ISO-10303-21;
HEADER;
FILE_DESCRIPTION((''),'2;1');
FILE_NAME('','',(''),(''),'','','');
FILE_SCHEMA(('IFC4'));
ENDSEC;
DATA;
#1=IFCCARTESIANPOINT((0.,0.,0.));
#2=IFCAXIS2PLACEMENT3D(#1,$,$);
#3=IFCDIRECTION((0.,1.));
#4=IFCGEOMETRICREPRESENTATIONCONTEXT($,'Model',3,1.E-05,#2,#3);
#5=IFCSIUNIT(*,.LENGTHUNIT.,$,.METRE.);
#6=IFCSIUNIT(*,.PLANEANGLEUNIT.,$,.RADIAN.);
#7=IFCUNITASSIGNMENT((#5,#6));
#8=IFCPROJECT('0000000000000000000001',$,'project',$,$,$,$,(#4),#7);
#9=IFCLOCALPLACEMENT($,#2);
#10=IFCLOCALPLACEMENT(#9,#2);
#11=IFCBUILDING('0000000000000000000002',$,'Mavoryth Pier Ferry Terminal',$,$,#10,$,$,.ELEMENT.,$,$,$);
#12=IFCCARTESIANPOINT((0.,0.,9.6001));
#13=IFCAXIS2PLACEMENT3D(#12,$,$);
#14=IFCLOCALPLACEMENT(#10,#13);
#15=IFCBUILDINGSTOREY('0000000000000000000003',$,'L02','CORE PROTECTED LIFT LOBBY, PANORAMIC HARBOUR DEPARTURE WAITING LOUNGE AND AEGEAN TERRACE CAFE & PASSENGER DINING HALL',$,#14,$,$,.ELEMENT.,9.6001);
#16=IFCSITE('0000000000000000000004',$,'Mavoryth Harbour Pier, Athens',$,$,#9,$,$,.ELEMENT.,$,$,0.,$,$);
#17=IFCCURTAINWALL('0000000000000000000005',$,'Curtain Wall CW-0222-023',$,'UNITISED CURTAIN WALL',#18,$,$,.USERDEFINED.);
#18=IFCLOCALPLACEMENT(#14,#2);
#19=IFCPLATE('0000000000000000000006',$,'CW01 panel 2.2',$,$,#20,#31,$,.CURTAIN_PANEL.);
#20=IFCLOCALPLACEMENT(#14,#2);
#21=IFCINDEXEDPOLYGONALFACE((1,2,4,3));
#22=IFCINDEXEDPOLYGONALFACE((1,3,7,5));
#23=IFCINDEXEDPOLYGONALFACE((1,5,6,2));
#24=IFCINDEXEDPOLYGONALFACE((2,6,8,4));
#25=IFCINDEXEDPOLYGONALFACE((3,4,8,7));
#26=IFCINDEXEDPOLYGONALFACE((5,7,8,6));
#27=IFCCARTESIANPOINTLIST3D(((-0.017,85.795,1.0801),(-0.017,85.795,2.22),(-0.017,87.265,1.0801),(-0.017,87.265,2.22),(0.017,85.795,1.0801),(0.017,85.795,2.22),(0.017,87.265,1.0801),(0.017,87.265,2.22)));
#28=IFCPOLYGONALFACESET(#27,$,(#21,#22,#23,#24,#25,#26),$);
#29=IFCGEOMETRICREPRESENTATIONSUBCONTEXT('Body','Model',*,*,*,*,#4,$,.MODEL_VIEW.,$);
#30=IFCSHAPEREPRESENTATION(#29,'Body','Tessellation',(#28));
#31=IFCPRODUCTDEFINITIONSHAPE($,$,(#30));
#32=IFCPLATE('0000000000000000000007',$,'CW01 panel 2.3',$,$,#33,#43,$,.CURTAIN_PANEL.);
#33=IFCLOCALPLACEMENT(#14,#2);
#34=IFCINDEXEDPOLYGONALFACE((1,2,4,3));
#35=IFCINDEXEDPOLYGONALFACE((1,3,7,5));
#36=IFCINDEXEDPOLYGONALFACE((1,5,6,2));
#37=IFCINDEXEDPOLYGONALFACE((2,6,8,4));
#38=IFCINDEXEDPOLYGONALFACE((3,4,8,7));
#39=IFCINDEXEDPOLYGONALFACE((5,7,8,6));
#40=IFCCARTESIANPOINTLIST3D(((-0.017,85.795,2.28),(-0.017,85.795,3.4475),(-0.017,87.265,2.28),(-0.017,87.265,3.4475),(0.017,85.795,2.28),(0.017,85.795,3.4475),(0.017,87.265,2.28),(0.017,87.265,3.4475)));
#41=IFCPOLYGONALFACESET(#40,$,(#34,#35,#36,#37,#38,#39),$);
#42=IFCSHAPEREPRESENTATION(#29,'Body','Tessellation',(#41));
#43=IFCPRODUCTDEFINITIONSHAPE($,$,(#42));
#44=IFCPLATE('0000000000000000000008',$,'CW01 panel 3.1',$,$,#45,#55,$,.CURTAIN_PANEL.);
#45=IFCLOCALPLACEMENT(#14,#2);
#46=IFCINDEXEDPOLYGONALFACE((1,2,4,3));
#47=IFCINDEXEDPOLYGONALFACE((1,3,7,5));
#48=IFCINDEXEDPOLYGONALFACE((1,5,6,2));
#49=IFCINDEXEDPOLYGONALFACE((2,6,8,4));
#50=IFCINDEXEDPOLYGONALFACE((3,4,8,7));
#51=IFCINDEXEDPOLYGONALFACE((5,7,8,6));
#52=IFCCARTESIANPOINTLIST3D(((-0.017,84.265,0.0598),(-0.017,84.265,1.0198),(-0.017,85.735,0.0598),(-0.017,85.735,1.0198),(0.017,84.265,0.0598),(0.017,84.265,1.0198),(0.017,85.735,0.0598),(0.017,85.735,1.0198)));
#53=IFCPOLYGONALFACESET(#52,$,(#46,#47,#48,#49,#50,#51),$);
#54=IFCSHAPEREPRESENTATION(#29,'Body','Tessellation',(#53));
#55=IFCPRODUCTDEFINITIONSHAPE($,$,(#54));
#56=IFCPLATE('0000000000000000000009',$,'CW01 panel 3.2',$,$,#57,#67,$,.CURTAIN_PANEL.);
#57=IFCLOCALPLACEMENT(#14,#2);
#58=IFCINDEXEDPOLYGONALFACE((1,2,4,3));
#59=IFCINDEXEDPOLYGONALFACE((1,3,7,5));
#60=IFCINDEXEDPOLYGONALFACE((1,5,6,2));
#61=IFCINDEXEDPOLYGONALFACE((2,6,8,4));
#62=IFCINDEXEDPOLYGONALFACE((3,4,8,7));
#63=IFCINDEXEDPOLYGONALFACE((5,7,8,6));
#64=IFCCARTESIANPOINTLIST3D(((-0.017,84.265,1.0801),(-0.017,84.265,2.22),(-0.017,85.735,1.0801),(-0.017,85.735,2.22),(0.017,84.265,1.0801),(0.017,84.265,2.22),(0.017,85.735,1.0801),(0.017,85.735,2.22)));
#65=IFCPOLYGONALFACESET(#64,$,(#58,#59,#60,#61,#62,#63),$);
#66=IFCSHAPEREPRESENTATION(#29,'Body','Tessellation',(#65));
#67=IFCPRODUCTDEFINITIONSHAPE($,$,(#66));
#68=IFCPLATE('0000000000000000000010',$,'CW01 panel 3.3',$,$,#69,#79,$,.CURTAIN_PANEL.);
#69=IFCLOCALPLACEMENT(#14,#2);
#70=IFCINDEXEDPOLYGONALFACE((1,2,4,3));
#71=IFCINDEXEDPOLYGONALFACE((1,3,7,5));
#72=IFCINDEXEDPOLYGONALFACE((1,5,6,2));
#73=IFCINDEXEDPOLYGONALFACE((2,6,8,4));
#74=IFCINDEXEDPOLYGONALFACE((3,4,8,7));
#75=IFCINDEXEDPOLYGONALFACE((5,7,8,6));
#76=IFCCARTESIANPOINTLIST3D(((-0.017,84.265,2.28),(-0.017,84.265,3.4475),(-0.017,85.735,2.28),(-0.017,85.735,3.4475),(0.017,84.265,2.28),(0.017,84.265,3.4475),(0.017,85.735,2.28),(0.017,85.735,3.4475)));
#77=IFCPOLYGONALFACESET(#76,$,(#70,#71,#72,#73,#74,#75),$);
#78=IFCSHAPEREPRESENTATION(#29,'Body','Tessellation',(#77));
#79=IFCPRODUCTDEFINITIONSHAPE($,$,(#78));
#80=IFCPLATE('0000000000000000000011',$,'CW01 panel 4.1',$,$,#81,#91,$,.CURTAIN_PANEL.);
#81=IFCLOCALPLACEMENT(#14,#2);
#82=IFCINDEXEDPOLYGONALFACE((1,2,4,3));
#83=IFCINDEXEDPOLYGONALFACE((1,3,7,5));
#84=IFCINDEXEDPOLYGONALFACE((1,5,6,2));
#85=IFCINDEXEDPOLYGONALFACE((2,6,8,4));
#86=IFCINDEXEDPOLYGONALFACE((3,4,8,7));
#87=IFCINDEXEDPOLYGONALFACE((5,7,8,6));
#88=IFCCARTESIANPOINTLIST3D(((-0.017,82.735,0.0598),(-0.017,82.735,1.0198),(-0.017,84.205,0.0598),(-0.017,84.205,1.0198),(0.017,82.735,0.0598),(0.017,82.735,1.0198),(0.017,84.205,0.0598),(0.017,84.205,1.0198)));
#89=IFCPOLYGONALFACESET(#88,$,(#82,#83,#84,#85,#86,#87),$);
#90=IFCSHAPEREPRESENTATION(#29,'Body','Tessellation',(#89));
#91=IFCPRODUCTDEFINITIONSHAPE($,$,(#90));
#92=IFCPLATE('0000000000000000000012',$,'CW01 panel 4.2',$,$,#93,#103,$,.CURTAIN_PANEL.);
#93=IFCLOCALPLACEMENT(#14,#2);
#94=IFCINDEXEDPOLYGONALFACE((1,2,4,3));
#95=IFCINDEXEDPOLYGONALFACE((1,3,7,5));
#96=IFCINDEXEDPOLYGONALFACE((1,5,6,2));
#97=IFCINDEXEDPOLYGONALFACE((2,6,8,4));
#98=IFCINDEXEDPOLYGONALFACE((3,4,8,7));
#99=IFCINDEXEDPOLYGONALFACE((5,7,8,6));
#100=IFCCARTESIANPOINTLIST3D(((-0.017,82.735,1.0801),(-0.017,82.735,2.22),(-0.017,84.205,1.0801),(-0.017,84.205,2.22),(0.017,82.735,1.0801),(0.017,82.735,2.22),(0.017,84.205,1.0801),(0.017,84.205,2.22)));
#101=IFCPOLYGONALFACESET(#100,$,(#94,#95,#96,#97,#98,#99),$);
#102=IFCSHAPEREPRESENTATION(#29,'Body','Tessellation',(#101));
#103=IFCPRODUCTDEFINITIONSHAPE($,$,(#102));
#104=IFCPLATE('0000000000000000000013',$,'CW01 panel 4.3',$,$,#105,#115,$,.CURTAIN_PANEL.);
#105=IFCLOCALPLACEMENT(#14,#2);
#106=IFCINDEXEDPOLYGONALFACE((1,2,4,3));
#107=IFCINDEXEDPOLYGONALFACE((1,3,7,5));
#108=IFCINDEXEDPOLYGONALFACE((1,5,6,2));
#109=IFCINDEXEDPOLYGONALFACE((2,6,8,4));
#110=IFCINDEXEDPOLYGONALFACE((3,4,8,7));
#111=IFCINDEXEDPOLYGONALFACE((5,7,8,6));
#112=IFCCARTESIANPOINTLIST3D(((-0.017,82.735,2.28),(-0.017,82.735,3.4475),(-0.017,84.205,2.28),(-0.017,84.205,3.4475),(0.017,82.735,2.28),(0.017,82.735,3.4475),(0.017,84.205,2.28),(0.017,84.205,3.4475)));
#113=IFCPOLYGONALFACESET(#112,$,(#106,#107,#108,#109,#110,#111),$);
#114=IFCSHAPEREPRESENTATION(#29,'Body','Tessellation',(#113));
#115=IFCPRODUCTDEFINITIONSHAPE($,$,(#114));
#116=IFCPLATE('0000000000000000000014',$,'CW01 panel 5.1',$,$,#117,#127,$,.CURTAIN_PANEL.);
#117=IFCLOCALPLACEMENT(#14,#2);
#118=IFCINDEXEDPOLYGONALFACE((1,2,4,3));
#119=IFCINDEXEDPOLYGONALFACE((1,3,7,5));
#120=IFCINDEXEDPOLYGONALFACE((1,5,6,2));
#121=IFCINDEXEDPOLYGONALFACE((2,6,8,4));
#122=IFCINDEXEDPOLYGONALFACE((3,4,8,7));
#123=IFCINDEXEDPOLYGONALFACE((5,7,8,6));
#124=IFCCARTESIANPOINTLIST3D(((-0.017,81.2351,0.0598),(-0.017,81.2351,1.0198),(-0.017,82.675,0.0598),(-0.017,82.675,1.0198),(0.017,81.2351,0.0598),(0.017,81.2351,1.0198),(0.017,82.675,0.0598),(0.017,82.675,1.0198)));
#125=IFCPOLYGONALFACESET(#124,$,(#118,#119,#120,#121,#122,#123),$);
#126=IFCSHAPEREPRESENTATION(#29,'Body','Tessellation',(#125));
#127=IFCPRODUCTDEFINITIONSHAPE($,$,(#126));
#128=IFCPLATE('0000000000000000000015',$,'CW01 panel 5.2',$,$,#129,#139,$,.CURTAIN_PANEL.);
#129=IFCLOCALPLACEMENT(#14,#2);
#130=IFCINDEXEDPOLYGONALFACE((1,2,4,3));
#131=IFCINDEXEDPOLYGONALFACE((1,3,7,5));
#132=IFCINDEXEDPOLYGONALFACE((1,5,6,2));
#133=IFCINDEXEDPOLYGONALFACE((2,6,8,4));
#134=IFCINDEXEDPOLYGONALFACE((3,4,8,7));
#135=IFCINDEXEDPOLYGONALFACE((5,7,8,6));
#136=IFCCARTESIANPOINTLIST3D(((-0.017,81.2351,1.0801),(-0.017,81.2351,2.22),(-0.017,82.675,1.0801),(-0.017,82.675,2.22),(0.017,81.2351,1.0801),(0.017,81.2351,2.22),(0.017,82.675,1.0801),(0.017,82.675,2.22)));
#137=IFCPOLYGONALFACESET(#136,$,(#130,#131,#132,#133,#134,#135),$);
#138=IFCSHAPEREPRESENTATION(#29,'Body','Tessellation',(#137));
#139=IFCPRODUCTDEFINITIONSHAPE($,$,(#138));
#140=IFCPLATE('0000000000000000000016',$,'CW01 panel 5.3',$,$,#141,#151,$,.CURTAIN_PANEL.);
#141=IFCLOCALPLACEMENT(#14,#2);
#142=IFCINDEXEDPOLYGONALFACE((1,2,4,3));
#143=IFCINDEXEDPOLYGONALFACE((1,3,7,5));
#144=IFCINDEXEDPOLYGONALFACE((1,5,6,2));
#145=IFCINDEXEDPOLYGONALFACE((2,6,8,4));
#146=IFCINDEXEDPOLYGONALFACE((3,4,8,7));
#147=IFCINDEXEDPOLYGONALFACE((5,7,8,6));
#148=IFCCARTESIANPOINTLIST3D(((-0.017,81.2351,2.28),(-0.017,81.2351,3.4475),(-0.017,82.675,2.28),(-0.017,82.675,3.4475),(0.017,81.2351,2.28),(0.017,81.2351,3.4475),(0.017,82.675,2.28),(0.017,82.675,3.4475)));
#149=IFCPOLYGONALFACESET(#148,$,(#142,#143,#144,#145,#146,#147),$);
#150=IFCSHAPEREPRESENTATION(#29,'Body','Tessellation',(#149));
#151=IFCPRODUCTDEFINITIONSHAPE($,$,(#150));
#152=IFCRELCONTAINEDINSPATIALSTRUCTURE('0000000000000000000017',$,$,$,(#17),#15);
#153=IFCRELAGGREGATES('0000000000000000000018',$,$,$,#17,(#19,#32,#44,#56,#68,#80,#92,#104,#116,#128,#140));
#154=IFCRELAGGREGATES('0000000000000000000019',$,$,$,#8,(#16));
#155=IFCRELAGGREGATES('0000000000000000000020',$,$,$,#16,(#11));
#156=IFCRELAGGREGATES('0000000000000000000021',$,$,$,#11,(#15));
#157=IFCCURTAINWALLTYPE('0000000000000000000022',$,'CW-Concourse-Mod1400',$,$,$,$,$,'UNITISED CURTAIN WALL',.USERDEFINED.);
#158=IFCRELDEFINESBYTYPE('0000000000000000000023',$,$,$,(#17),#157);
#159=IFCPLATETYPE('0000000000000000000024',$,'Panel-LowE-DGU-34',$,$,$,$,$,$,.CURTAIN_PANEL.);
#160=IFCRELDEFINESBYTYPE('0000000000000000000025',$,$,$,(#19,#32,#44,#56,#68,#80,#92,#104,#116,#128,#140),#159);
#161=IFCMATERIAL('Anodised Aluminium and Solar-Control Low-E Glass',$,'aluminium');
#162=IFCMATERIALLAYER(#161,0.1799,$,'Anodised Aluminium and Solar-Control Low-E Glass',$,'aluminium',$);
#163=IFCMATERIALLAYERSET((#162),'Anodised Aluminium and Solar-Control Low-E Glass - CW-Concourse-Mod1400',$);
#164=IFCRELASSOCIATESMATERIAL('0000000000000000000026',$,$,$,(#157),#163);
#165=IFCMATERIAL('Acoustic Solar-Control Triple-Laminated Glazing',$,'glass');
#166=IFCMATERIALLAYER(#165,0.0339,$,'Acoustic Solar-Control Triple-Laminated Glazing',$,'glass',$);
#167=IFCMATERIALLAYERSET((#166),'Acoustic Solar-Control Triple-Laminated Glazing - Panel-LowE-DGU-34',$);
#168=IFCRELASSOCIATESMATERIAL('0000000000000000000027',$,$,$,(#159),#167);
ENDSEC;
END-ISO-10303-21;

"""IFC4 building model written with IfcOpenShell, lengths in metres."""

from ifc_helpers import new_model, si_unit, direction, frame, origin, origin_2d, place, context, subcontext, project, spatial, rectangle, extrude, material, layer, layer_set, type_object, element, aggregate, save


model = new_model("IFC4")

# Units and contexts
model_context = context("Model", 3, precision=1e-05, world=origin(), true_north=direction((0.0, 1.0)))
body_context = subcontext(model_context, "Body", "Model", "MODEL_VIEW")
ifc_project = project(units=[si_unit("LENGTHUNIT", "METRE"), si_unit("PLANEANGLEUNIT", "RADIAN")], contexts=[model_context])

# Site, building, storey
site_placement = place(None, origin())
site = spatial("IfcSite", under=ifc_project, at=site_placement, Name="Mavoryth Harbour Pier, Athens", CompositionType="ELEMENT", RefElevation=0.0)
building_placement = place(site_placement, origin())
building = spatial("IfcBuilding", under=site, at=building_placement, Name="Mavoryth Pier Ferry Terminal", CompositionType="ELEMENT")
storey_placement = place(building_placement, frame((0.0, 0.0, 9.6001)))
storey = spatial("IfcBuildingStorey", under=building, at=storey_placement, Name="L02", Description="CORE PROTECTED LIFT LOBBY, PANORAMIC HARBOUR DEPARTURE WAITING LOUNGE AND AEGEAN TERRACE CAFE & PASSENGER DINING HALL", CompositionType="ELEMENT", Elevation=9.6001)

# Curtain wall
ifc_material_1 = material(Name="Anodised Aluminium and Solar-Control Low-E Glass", Category="aluminium")
ifc_layer_1 = layer(ifc_material_1, 0.1799, Name="Anodised Aluminium and Solar-Control Low-E Glass", Category="aluminium")
ifc_layer_set_1 = layer_set([ifc_layer_1], Name="Anodised Aluminium and Solar-Control Low-E Glass - CW-Concourse-Mod1400")
curtain_wall_type = type_object("IfcCurtainWallType", Name="CW-Concourse-Mod1400", ElementType="UNITISED CURTAIN WALL", PredefinedType="USERDEFINED", material=ifc_layer_set_1)
curtain_wall_placement = place(storey_placement, origin())
curtain_wall = element("IfcCurtainWall", 1, at=curtain_wall_placement, inside=storey, type_object=curtain_wall_type, Name="Curtain Wall CW-0222-023", ObjectType="UNITISED CURTAIN WALL", PredefinedType="USERDEFINED")

# Plates
ifc_material_2 = material(Name="Acoustic Solar-Control Triple-Laminated Glazing", Category="glass")
ifc_layer_2 = layer(ifc_material_2, 0.0339, Name="Acoustic Solar-Control Triple-Laminated Glazing", Category="glass")
ifc_layer_set_2 = layer_set([ifc_layer_2], Name="Acoustic Solar-Control Triple-Laminated Glazing - Panel-LowE-DGU-34")
plate_type = type_object("IfcPlateType", Name="Panel-LowE-DGU-34", PredefinedType="CURTAIN_PANEL", material=ifc_layer_set_2)
plate_1_placement = place(storey_placement, frame((0.0, 86.53, 1.0801), z_axis=(0.0, 0.0, 1.0), x_axis=(0.0, -1.0, 0.0)))
plate_1 = element("IfcPlate", 2, at=plate_1_placement, type_object=plate_type, Name="CW01 panel 2.2", PredefinedType="CURTAIN_PANEL", context=body_context, shape_type="SweptSolid", body=[
    extrude(rectangle(XDim=1.47, YDim=0.0339, at=origin_2d()), origin(), (0.0, 0.0, 1.0), 1.1399),
])
plate_2_placement = place(storey_placement, frame((0.0, 86.53, 2.28), z_axis=(0.0, 0.0, 1.0), x_axis=(0.0, -1.0, 0.0)))
plate_2 = element("IfcPlate", 3, at=plate_2_placement, type_object=plate_type, Name="CW01 panel 2.3", PredefinedType="CURTAIN_PANEL", context=body_context, shape_type="SweptSolid", body=[
    extrude(rectangle(XDim=1.47, YDim=0.0339, at=origin_2d()), origin(), (0.0, 0.0, 1.0), 1.1675),
])
plate_3_placement = place(storey_placement, frame((0.0, 85.0, 0.0598), z_axis=(0.0, 0.0, 1.0), x_axis=(0.0, -1.0, 0.0)))
plate_3 = element("IfcPlate", 4, at=plate_3_placement, type_object=plate_type, Name="CW01 panel 3.1", PredefinedType="CURTAIN_PANEL", context=body_context, shape_type="SweptSolid", body=[
    extrude(rectangle(XDim=1.47, YDim=0.0339, at=origin_2d()), origin(), (0.0, 0.0, 1.0), 0.96),
])
plate_4_placement = place(storey_placement, frame((0.0, 85.0, 1.0801), z_axis=(0.0, 0.0, 1.0), x_axis=(0.0, -1.0, 0.0)))
plate_4 = element("IfcPlate", 5, at=plate_4_placement, type_object=plate_type, Name="CW01 panel 3.2", PredefinedType="CURTAIN_PANEL", context=body_context, shape_type="SweptSolid", body=[
    extrude(rectangle(XDim=1.47, YDim=0.0339, at=origin_2d()), origin(), (0.0, 0.0, 1.0), 1.1399),
])
plate_5_placement = place(storey_placement, frame((0.0, 85.0, 2.28), z_axis=(0.0, 0.0, 1.0), x_axis=(0.0, -1.0, 0.0)))
plate_5 = element("IfcPlate", 6, at=plate_5_placement, type_object=plate_type, Name="CW01 panel 3.3", PredefinedType="CURTAIN_PANEL", context=body_context, shape_type="SweptSolid", body=[
    extrude(rectangle(XDim=1.47, YDim=0.0339, at=origin_2d()), origin(), (0.0, 0.0, 1.0), 1.1675),
])
plate_6_placement = place(storey_placement, frame((0.0, 83.47, 0.0598), z_axis=(0.0, 0.0, 1.0), x_axis=(0.0, -1.0, 0.0)))
plate_6 = element("IfcPlate", 7, at=plate_6_placement, type_object=plate_type, Name="CW01 panel 4.1", PredefinedType="CURTAIN_PANEL", context=body_context, shape_type="SweptSolid", body=[
    extrude(rectangle(XDim=1.47, YDim=0.0339, at=origin_2d()), origin(), (0.0, 0.0, 1.0), 0.96),
])
plate_7_placement = place(storey_placement, frame((0.0, 83.47, 1.0801), z_axis=(0.0, 0.0, 1.0), x_axis=(0.0, -1.0, 0.0)))
plate_7 = element("IfcPlate", 8, at=plate_7_placement, type_object=plate_type, Name="CW01 panel 4.2", PredefinedType="CURTAIN_PANEL", context=body_context, shape_type="SweptSolid", body=[
    extrude(rectangle(XDim=1.47, YDim=0.0339, at=origin_2d()), origin(), (0.0, 0.0, 1.0), 1.1399),
])
plate_8_placement = place(storey_placement, frame((0.0, 83.47, 2.28), z_axis=(0.0, 0.0, 1.0), x_axis=(0.0, -1.0, 0.0)))
plate_8 = element("IfcPlate", 9, at=plate_8_placement, type_object=plate_type, Name="CW01 panel 4.3", PredefinedType="CURTAIN_PANEL", context=body_context, shape_type="SweptSolid", body=[
    extrude(rectangle(XDim=1.47, YDim=0.0339, at=origin_2d()), origin(), (0.0, 0.0, 1.0), 1.1675),
])
plate_9_placement = place(storey_placement, frame((0.0, 81.9551, 0.0598), z_axis=(0.0, 0.0, 1.0), x_axis=(0.0, -1.0, 0.0)))
plate_9 = element("IfcPlate", 10, at=plate_9_placement, type_object=plate_type, Name="CW01 panel 5.1", PredefinedType="CURTAIN_PANEL", context=body_context, shape_type="SweptSolid", body=[
    extrude(rectangle(XDim=1.4399, YDim=0.0339, at=origin_2d()), origin(), (0.0, 0.0, 1.0), 0.96),
])
plate_10_placement = place(storey_placement, frame((0.0, 81.9551, 1.0801), z_axis=(0.0, 0.0, 1.0), x_axis=(0.0, -1.0, 0.0)))
plate_10 = element("IfcPlate", 11, at=plate_10_placement, type_object=plate_type, Name="CW01 panel 5.2", PredefinedType="CURTAIN_PANEL", context=body_context, shape_type="SweptSolid", body=[
    extrude(rectangle(XDim=1.4399, YDim=0.0339, at=origin_2d()), origin(), (0.0, 0.0, 1.0), 1.1399),
])
plate_11_placement = place(storey_placement, frame((0.0, 81.9551, 2.28), z_axis=(0.0, 0.0, 1.0), x_axis=(0.0, -1.0, 0.0)))
plate_11 = element("IfcPlate", 12, at=plate_11_placement, type_object=plate_type, Name="CW01 panel 5.3", PredefinedType="CURTAIN_PANEL", context=body_context, shape_type="SweptSolid", body=[
    extrude(rectangle(XDim=1.4399, YDim=0.0339, at=origin_2d()), origin(), (0.0, 0.0, 1.0), 1.1675),
])
aggregate(curtain_wall, [plate_1, plate_2, plate_3, plate_4, plate_5, plate_6, plate_7, plate_8, plate_9, plate_10, plate_11])

save(model, "model.ifc")
